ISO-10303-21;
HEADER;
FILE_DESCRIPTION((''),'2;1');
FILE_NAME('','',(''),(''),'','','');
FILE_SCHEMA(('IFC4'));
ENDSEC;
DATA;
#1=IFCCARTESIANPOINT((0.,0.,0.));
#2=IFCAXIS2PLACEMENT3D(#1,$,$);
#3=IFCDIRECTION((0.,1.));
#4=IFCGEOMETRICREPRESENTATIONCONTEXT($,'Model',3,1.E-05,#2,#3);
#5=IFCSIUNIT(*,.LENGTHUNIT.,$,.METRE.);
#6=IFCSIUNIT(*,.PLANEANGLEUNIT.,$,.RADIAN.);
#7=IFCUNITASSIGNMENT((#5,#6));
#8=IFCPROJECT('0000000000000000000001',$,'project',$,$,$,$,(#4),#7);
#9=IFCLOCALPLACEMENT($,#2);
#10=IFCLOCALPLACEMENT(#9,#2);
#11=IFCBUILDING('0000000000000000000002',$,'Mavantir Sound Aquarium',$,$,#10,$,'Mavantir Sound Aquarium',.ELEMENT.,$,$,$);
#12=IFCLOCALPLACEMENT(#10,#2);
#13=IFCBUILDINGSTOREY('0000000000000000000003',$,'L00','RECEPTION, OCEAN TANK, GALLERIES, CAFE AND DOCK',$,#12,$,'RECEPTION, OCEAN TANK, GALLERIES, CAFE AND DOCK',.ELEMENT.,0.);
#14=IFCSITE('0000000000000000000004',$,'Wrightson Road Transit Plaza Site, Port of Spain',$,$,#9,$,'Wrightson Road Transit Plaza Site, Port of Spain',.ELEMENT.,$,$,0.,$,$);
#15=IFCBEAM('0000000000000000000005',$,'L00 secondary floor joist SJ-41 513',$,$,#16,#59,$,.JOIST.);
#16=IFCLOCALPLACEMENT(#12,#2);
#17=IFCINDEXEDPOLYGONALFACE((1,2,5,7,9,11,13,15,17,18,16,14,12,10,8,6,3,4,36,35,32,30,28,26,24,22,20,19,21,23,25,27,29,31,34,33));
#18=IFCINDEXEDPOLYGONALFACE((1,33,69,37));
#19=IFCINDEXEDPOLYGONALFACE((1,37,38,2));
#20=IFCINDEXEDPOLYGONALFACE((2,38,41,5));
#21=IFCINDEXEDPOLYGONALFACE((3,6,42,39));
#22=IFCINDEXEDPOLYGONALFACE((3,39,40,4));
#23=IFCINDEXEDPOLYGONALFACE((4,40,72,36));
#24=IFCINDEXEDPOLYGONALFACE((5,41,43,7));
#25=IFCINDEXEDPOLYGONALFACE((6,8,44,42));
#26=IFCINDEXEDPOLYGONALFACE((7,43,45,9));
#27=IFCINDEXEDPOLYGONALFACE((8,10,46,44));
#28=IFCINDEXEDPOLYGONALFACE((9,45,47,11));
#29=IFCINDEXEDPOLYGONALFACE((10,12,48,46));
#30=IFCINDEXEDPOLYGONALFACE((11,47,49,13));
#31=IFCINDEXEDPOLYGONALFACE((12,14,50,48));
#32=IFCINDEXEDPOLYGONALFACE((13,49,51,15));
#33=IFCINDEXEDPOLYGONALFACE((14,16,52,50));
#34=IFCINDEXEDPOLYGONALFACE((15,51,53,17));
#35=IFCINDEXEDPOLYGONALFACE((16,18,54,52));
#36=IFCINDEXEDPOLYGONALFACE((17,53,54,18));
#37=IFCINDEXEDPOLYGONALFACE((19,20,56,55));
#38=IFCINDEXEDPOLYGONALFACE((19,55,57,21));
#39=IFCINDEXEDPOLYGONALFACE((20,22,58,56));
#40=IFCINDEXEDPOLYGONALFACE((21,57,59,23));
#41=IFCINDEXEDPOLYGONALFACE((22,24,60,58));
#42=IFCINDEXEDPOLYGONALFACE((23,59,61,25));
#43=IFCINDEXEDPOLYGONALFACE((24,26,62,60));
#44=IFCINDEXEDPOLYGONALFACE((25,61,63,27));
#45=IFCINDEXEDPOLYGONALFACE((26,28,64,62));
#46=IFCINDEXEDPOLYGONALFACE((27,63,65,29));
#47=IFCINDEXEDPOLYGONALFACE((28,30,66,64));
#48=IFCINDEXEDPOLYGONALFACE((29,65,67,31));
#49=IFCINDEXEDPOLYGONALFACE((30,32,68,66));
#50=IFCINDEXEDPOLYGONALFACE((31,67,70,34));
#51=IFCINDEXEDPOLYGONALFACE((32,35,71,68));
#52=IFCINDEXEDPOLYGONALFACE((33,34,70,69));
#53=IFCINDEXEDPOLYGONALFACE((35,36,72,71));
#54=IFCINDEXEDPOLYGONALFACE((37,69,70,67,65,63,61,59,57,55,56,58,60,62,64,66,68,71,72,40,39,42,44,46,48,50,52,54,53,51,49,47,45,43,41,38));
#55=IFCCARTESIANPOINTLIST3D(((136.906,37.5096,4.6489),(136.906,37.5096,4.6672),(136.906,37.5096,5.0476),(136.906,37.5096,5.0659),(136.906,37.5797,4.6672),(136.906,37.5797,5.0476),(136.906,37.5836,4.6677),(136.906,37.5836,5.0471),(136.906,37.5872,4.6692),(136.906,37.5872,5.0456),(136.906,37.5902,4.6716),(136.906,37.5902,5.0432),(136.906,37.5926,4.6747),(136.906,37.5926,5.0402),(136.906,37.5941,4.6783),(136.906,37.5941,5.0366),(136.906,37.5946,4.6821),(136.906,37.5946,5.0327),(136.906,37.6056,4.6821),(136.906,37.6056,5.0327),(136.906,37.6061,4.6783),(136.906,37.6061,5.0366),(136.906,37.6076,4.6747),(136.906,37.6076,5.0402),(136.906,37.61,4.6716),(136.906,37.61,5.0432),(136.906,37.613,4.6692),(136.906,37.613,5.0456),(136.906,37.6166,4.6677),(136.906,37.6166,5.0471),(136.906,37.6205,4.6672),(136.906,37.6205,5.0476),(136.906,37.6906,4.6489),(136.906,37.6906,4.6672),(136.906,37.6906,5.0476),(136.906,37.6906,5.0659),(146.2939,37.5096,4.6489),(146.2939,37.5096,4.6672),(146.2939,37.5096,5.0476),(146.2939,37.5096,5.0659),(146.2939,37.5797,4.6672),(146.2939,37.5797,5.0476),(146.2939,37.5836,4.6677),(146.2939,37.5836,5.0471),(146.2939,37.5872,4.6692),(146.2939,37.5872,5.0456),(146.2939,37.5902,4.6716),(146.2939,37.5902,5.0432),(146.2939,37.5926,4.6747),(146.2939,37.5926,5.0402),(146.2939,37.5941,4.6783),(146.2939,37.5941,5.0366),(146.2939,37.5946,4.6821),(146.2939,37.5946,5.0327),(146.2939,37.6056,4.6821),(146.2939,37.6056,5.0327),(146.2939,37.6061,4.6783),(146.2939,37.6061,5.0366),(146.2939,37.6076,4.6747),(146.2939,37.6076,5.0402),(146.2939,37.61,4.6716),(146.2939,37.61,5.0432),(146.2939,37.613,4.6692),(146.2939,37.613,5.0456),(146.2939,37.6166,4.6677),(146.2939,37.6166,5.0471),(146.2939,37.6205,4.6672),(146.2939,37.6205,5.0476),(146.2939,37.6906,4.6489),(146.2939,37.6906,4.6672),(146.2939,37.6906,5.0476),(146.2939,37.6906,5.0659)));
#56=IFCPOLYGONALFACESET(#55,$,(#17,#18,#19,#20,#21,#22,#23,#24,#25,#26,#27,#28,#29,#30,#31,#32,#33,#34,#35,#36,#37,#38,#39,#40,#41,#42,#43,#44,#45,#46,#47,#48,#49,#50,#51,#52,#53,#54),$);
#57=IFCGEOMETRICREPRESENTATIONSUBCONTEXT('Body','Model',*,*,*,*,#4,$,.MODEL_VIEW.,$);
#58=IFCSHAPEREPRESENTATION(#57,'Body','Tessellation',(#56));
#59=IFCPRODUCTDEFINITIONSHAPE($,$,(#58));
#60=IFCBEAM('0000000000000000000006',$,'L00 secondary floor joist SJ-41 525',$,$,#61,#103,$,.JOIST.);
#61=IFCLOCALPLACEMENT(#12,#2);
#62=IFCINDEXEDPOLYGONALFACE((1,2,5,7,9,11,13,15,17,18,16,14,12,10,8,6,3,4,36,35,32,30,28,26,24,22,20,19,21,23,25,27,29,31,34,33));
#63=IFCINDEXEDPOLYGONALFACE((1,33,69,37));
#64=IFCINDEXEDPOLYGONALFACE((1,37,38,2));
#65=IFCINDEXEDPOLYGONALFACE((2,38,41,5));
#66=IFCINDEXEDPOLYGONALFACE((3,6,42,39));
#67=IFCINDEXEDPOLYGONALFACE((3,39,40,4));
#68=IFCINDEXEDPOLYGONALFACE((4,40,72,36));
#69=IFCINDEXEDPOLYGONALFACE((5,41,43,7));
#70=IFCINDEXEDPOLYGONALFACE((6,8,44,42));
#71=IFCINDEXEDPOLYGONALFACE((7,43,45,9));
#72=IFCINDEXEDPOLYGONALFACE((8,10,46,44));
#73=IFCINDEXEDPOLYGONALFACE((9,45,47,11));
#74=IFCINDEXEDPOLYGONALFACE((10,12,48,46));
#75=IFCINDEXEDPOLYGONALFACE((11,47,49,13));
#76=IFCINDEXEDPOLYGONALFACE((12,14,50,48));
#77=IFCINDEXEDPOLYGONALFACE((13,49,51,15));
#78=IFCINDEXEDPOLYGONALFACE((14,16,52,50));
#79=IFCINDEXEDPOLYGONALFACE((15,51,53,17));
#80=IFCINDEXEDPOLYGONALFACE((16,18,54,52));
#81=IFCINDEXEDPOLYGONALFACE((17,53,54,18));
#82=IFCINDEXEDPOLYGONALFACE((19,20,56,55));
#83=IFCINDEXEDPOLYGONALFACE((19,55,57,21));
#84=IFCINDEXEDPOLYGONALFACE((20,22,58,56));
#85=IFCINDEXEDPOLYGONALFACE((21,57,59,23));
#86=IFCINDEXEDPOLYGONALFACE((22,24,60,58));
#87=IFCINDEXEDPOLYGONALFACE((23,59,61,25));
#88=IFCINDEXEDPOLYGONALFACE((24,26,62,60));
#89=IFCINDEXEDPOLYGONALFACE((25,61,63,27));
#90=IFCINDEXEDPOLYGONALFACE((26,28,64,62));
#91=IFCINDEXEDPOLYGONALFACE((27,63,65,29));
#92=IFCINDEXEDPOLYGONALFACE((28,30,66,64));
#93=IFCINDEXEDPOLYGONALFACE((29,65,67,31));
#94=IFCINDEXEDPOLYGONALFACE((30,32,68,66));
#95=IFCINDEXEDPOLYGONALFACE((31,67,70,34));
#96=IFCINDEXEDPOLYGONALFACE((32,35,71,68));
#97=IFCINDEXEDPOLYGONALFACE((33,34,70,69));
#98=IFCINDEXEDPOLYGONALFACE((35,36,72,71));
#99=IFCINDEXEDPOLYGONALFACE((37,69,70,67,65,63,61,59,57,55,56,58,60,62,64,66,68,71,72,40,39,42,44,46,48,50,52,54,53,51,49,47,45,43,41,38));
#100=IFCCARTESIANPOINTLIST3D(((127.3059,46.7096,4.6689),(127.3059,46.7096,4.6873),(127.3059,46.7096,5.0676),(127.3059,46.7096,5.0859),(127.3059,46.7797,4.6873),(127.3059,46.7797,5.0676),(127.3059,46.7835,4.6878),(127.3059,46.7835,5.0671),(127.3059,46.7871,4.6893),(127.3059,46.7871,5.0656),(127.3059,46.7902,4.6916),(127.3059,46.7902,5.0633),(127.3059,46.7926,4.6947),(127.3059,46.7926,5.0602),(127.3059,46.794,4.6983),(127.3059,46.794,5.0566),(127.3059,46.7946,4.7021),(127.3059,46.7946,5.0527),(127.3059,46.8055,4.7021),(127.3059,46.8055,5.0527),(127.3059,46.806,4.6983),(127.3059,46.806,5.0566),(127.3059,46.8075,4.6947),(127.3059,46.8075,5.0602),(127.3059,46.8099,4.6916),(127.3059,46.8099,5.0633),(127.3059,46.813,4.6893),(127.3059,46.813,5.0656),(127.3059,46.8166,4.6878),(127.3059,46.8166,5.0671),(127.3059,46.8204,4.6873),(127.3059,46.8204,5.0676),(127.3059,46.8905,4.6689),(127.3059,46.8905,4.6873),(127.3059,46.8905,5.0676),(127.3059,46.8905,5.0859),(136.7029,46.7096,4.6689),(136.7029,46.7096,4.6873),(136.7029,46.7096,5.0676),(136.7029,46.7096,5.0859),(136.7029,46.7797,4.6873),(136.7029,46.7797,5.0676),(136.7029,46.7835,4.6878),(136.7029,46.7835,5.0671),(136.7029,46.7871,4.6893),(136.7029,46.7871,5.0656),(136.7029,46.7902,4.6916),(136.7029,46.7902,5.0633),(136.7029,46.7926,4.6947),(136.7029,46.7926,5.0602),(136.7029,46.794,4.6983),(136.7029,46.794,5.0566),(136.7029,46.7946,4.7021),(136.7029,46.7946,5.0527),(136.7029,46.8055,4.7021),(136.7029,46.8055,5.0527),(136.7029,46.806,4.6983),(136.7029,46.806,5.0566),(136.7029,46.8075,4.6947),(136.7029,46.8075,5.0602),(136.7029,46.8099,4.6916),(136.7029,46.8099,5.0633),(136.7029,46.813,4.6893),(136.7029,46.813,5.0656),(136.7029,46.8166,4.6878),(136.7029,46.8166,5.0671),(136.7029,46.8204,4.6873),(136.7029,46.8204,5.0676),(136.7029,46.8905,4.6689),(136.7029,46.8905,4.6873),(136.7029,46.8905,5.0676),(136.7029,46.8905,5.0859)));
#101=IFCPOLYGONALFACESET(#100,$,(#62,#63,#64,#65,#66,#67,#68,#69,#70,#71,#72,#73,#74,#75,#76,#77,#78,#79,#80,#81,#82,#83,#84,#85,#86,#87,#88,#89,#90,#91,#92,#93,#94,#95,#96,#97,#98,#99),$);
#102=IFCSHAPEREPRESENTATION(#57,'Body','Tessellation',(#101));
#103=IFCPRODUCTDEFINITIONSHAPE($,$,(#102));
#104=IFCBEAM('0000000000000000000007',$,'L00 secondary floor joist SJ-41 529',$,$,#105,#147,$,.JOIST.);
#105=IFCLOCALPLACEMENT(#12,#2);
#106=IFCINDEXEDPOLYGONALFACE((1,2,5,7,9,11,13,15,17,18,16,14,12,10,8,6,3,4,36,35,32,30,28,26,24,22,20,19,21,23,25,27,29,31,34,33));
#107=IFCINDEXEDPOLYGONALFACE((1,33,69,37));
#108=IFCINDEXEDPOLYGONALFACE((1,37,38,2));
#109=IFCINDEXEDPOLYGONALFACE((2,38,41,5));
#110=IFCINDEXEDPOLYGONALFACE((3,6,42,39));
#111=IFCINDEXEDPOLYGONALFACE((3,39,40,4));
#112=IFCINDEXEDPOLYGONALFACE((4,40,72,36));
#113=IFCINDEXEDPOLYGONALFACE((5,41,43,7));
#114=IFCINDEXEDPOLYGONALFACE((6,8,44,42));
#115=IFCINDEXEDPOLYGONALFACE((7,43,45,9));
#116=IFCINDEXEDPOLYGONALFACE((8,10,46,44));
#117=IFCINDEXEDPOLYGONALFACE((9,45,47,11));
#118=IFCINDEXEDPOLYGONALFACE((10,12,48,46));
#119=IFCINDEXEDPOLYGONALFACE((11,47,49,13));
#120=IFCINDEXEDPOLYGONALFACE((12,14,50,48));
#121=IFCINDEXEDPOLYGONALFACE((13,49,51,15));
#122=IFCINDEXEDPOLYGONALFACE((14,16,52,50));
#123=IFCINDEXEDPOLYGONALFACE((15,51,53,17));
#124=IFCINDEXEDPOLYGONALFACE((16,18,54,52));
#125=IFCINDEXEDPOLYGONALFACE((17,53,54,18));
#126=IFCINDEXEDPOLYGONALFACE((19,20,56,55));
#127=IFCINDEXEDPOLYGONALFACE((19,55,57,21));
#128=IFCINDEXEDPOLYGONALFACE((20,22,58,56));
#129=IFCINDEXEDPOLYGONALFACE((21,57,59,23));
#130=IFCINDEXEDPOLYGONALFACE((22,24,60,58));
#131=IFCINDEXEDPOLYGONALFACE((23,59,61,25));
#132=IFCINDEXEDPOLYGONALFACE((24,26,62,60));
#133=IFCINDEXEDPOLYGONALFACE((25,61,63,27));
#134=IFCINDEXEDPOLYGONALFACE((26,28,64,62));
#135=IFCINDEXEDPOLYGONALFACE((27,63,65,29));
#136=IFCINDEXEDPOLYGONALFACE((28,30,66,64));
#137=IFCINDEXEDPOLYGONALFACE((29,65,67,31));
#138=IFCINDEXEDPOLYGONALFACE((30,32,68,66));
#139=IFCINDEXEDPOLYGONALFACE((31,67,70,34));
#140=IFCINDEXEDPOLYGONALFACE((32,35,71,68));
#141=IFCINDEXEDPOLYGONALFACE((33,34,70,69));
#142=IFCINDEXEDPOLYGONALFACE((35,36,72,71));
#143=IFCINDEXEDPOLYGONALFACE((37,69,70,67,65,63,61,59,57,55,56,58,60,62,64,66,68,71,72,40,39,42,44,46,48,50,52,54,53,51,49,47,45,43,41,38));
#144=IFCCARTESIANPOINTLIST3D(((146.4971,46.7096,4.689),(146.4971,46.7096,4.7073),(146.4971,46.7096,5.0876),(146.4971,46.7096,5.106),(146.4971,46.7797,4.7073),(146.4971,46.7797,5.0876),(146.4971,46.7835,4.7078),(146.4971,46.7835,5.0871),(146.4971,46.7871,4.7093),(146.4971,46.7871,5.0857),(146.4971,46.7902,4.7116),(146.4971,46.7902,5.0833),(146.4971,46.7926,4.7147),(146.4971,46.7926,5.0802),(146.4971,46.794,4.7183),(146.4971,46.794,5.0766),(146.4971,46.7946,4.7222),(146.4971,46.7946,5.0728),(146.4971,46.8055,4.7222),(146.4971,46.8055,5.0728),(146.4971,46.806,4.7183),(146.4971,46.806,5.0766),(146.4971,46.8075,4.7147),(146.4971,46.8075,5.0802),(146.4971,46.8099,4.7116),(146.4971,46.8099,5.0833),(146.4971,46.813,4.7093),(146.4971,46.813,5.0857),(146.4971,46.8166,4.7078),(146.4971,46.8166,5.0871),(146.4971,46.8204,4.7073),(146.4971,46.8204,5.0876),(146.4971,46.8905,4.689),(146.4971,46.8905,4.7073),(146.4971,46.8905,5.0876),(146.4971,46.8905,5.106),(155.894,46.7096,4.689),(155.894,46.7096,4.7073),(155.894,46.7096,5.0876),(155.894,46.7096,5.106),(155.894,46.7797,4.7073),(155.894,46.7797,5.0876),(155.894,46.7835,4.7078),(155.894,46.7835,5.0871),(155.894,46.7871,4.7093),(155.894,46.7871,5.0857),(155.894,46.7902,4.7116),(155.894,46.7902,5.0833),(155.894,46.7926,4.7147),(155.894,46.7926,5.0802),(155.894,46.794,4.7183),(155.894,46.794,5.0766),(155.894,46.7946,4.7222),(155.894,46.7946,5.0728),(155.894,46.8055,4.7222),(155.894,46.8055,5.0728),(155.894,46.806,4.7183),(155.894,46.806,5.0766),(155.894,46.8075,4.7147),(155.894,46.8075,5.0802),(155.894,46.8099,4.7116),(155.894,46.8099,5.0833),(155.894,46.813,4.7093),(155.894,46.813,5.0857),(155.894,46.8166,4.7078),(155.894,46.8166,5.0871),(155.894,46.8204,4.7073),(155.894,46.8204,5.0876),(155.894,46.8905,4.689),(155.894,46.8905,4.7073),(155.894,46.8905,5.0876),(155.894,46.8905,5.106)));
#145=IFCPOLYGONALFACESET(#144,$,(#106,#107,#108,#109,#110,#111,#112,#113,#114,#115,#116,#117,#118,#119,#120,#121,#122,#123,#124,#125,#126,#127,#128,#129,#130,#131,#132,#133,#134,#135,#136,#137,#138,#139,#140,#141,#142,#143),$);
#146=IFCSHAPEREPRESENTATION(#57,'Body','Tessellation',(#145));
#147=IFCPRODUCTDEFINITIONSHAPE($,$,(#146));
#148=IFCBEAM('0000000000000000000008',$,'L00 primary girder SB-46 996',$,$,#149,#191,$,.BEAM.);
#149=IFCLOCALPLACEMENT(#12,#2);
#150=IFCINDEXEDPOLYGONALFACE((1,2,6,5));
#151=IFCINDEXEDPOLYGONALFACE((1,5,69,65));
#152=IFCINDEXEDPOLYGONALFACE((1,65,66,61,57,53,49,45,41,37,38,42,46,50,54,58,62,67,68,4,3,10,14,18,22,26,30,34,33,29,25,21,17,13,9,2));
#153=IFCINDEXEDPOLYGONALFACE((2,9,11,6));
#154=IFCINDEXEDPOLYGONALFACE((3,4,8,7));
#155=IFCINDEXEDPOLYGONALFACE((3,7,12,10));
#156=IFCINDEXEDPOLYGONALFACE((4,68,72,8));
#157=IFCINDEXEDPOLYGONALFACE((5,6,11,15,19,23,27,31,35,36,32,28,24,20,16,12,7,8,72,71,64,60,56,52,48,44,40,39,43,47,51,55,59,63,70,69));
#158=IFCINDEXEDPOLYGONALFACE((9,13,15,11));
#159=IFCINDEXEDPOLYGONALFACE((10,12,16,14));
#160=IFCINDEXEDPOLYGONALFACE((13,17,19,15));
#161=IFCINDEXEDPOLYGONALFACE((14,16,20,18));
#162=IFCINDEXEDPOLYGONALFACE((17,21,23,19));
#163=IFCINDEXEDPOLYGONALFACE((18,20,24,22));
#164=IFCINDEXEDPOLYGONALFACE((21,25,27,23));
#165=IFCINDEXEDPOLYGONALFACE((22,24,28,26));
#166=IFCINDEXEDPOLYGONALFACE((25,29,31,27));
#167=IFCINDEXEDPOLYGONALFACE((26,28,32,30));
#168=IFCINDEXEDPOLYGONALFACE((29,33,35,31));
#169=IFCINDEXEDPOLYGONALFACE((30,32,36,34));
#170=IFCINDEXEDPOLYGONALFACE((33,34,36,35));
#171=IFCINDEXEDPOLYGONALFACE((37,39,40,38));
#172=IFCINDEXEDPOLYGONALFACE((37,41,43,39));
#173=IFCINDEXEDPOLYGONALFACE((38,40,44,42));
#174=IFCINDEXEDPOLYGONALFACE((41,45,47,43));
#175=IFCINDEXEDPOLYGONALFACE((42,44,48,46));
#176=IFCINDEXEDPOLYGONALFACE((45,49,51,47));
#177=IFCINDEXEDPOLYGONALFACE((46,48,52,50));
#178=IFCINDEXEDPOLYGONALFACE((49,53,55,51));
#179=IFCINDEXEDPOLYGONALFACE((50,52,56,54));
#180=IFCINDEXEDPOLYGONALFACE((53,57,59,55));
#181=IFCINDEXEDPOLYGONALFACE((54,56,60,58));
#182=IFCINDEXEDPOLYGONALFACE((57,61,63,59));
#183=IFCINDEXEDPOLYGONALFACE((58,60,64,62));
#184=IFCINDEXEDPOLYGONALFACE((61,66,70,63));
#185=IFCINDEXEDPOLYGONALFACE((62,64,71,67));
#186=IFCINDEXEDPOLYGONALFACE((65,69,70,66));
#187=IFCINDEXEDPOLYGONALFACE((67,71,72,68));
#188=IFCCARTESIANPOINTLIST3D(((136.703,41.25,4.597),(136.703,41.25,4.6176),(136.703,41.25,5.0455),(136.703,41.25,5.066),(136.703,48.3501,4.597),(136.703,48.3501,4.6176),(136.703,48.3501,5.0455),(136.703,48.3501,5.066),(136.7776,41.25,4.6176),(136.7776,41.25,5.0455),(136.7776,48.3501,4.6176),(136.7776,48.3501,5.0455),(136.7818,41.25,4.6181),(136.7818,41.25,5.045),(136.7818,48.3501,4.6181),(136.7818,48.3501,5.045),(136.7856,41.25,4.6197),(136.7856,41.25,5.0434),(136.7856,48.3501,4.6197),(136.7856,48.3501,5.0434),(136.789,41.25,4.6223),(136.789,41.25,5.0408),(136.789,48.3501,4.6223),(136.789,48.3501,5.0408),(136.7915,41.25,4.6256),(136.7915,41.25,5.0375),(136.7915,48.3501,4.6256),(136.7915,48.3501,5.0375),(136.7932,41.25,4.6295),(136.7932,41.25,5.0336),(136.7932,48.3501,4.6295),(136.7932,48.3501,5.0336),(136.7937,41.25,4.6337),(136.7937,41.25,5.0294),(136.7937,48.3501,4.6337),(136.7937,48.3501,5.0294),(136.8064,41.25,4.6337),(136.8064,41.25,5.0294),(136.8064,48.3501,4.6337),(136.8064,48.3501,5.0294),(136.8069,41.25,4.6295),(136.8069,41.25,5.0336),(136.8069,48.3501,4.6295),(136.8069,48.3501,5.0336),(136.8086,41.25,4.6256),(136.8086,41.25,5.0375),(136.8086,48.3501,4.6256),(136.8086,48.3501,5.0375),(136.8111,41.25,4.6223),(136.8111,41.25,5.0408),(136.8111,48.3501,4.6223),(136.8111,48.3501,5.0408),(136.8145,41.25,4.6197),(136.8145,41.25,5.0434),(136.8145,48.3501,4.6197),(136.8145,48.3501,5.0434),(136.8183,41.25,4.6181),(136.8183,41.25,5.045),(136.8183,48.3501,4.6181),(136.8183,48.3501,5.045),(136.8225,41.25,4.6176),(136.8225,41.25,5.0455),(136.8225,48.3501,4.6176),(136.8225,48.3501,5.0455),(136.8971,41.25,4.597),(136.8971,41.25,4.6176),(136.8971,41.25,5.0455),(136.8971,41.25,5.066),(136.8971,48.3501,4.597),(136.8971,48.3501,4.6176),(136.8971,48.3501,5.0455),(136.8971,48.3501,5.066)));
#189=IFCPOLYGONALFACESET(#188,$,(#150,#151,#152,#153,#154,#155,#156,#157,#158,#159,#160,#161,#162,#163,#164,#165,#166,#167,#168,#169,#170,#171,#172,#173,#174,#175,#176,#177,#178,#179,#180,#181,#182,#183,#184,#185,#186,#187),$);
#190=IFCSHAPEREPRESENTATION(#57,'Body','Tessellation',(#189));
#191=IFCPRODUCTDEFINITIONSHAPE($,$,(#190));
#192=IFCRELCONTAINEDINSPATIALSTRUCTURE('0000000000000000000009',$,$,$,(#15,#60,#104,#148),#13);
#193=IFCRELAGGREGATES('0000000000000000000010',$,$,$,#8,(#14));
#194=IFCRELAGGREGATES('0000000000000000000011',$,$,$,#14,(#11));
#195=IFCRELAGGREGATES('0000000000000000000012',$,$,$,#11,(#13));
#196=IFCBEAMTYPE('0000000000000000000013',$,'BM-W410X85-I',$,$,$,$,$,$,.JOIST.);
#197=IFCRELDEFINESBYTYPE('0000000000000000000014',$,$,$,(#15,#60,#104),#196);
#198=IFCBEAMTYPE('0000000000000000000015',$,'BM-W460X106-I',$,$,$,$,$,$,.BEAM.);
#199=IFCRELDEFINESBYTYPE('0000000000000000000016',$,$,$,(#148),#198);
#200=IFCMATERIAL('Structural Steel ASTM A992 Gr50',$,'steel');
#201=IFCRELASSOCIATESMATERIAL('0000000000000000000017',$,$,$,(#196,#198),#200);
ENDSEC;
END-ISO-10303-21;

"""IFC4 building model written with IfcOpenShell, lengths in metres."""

from ifc_helpers import new_model, si_unit, direction, frame, origin, origin_2d, place, context, subcontext, project, spatial, i_section, extrude, material, material_profile, profile_set, type_object, element, save


model = new_model("IFC4")

# Units and contexts
model_context = context("Model", 3, precision=1e-05, world=origin(), true_north=direction((0.0, 1.0)))
body_context = subcontext(model_context, "Body", "Model", "MODEL_VIEW")
ifc_project = project(units=[si_unit("LENGTHUNIT", "METRE"), si_unit("PLANEANGLEUNIT", "RADIAN")], contexts=[model_context])

# Site, building, storey
site_placement = place(None, origin())
site = spatial("IfcSite", under=ifc_project, at=site_placement, Name="Wrightson Road Transit Plaza Site, Port of Spain", LongName="Wrightson Road Transit Plaza Site, Port of Spain", CompositionType="ELEMENT", RefElevation=0.0)
building_placement = place(site_placement, origin())
building = spatial("IfcBuilding", under=site, at=building_placement, Name="Mavantir Sound Aquarium", LongName="Mavantir Sound Aquarium", CompositionType="ELEMENT")
storey_placement = place(building_placement, origin())
storey = spatial("IfcBuildingStorey", under=building, at=storey_placement, Name="L00", Description="RECEPTION, OCEAN TANK, GALLERIES, CAFE AND DOCK", LongName="RECEPTION, OCEAN TANK, GALLERIES, CAFE AND DOCK", CompositionType="ELEMENT", Elevation=0.0)

# Beams
ifc_material_1 = material(Name="Structural Steel ASTM A992 Gr50", Category="steel")
ifc_material_profile_1 = material_profile(ifc_material_1, i_section(OverallWidth=0.1809, OverallDepth=0.417, WebThickness=0.011, FlangeThickness=0.0183, FilletRadius=0.0149, at=origin_2d()), Name="W410X85")
ifc_profile_set_1 = profile_set([ifc_material_profile_1], Name="Structural Steel ASTM A992 Gr50")
beam_type_1 = type_object("IfcBeamType", Name="BM-W410X85-I", PredefinedType="JOIST", material=ifc_profile_set_1)
beam_1_placement = place(storey_placement, frame((136.906, 37.6001, 4.8574), z_axis=(1.0, 0.0, 0.0), x_axis=(0.0, 1.0, 0.0)))
element("IfcBeam", 1, at=beam_1_placement, inside=storey, type_object=beam_type_1, Name="L00 secondary floor joist SJ-41 513", PredefinedType="JOIST", context=body_context, shape_type="SweptSolid", body=[
    extrude(i_section(OverallWidth=0.1809, OverallDepth=0.417, WebThickness=0.011, FlangeThickness=0.0183, FilletRadius=0.0149, at=origin_2d()), origin(), (0.0, 0.0, 1.0), 9.3879),
])
for number, where, z_axis, x_axis, name in (
    (2, (127.3059, 46.8, 4.8774), (1.0, 0.0, 0.0), (0.0, 1.0, 0.0), "L00 secondary floor joist SJ-41 525"),
    (3, (146.4971, 46.8, 4.8975), (1.0, 0.0, 0.0), (0.0, 1.0, 0.0), "L00 secondary floor joist SJ-41 529"),
):
    element("IfcBeam", number, at=place(storey_placement, frame(where, z_axis=z_axis, x_axis=x_axis)), inside=storey, type_object=beam_type_1, Name=name, PredefinedType="JOIST", context=body_context, shape_type="SweptSolid", body=[
        extrude(i_section(OverallWidth=0.1809, OverallDepth=0.417, WebThickness=0.011, FlangeThickness=0.0183, FilletRadius=0.0149, at=origin_2d()), origin(), (0.0, 0.0, 1.0), 9.397),
    ])
ifc_material_profile_2 = material_profile(ifc_material_1, i_section(OverallWidth=0.1941, OverallDepth=0.469, WebThickness=0.0127, FlangeThickness=0.0205, FilletRadius=0.0161, at=origin_2d()), Name="W460X106")
ifc_profile_set_2 = profile_set([ifc_material_profile_2], Name="Structural Steel ASTM A992 Gr50")
beam_type_2 = type_object("IfcBeamType", Name="BM-W460X106-I", PredefinedType="BEAM", material=ifc_profile_set_2)
for number, where, z_axis, x_axis, name in (
    (4, (136.8, 41.25, 4.8315), (0.0, 1.0, 0.0), (-1.0, 0.0, 0.0), "L00 primary girder SB-46 996"),
):
    element("IfcBeam", number, at=place(storey_placement, frame(where, z_axis=z_axis, x_axis=x_axis)), inside=storey, type_object=beam_type_2, Name=name, PredefinedType="BEAM", context=body_context, shape_type="SweptSolid", body=[
        extrude(i_section(OverallWidth=0.1941, OverallDepth=0.469, WebThickness=0.0127, FlangeThickness=0.0205, FilletRadius=0.0161, at=origin_2d()), origin(), (0.0, 0.0, 1.0), 7.1001),
    ])

save(model, "model.ifc")
